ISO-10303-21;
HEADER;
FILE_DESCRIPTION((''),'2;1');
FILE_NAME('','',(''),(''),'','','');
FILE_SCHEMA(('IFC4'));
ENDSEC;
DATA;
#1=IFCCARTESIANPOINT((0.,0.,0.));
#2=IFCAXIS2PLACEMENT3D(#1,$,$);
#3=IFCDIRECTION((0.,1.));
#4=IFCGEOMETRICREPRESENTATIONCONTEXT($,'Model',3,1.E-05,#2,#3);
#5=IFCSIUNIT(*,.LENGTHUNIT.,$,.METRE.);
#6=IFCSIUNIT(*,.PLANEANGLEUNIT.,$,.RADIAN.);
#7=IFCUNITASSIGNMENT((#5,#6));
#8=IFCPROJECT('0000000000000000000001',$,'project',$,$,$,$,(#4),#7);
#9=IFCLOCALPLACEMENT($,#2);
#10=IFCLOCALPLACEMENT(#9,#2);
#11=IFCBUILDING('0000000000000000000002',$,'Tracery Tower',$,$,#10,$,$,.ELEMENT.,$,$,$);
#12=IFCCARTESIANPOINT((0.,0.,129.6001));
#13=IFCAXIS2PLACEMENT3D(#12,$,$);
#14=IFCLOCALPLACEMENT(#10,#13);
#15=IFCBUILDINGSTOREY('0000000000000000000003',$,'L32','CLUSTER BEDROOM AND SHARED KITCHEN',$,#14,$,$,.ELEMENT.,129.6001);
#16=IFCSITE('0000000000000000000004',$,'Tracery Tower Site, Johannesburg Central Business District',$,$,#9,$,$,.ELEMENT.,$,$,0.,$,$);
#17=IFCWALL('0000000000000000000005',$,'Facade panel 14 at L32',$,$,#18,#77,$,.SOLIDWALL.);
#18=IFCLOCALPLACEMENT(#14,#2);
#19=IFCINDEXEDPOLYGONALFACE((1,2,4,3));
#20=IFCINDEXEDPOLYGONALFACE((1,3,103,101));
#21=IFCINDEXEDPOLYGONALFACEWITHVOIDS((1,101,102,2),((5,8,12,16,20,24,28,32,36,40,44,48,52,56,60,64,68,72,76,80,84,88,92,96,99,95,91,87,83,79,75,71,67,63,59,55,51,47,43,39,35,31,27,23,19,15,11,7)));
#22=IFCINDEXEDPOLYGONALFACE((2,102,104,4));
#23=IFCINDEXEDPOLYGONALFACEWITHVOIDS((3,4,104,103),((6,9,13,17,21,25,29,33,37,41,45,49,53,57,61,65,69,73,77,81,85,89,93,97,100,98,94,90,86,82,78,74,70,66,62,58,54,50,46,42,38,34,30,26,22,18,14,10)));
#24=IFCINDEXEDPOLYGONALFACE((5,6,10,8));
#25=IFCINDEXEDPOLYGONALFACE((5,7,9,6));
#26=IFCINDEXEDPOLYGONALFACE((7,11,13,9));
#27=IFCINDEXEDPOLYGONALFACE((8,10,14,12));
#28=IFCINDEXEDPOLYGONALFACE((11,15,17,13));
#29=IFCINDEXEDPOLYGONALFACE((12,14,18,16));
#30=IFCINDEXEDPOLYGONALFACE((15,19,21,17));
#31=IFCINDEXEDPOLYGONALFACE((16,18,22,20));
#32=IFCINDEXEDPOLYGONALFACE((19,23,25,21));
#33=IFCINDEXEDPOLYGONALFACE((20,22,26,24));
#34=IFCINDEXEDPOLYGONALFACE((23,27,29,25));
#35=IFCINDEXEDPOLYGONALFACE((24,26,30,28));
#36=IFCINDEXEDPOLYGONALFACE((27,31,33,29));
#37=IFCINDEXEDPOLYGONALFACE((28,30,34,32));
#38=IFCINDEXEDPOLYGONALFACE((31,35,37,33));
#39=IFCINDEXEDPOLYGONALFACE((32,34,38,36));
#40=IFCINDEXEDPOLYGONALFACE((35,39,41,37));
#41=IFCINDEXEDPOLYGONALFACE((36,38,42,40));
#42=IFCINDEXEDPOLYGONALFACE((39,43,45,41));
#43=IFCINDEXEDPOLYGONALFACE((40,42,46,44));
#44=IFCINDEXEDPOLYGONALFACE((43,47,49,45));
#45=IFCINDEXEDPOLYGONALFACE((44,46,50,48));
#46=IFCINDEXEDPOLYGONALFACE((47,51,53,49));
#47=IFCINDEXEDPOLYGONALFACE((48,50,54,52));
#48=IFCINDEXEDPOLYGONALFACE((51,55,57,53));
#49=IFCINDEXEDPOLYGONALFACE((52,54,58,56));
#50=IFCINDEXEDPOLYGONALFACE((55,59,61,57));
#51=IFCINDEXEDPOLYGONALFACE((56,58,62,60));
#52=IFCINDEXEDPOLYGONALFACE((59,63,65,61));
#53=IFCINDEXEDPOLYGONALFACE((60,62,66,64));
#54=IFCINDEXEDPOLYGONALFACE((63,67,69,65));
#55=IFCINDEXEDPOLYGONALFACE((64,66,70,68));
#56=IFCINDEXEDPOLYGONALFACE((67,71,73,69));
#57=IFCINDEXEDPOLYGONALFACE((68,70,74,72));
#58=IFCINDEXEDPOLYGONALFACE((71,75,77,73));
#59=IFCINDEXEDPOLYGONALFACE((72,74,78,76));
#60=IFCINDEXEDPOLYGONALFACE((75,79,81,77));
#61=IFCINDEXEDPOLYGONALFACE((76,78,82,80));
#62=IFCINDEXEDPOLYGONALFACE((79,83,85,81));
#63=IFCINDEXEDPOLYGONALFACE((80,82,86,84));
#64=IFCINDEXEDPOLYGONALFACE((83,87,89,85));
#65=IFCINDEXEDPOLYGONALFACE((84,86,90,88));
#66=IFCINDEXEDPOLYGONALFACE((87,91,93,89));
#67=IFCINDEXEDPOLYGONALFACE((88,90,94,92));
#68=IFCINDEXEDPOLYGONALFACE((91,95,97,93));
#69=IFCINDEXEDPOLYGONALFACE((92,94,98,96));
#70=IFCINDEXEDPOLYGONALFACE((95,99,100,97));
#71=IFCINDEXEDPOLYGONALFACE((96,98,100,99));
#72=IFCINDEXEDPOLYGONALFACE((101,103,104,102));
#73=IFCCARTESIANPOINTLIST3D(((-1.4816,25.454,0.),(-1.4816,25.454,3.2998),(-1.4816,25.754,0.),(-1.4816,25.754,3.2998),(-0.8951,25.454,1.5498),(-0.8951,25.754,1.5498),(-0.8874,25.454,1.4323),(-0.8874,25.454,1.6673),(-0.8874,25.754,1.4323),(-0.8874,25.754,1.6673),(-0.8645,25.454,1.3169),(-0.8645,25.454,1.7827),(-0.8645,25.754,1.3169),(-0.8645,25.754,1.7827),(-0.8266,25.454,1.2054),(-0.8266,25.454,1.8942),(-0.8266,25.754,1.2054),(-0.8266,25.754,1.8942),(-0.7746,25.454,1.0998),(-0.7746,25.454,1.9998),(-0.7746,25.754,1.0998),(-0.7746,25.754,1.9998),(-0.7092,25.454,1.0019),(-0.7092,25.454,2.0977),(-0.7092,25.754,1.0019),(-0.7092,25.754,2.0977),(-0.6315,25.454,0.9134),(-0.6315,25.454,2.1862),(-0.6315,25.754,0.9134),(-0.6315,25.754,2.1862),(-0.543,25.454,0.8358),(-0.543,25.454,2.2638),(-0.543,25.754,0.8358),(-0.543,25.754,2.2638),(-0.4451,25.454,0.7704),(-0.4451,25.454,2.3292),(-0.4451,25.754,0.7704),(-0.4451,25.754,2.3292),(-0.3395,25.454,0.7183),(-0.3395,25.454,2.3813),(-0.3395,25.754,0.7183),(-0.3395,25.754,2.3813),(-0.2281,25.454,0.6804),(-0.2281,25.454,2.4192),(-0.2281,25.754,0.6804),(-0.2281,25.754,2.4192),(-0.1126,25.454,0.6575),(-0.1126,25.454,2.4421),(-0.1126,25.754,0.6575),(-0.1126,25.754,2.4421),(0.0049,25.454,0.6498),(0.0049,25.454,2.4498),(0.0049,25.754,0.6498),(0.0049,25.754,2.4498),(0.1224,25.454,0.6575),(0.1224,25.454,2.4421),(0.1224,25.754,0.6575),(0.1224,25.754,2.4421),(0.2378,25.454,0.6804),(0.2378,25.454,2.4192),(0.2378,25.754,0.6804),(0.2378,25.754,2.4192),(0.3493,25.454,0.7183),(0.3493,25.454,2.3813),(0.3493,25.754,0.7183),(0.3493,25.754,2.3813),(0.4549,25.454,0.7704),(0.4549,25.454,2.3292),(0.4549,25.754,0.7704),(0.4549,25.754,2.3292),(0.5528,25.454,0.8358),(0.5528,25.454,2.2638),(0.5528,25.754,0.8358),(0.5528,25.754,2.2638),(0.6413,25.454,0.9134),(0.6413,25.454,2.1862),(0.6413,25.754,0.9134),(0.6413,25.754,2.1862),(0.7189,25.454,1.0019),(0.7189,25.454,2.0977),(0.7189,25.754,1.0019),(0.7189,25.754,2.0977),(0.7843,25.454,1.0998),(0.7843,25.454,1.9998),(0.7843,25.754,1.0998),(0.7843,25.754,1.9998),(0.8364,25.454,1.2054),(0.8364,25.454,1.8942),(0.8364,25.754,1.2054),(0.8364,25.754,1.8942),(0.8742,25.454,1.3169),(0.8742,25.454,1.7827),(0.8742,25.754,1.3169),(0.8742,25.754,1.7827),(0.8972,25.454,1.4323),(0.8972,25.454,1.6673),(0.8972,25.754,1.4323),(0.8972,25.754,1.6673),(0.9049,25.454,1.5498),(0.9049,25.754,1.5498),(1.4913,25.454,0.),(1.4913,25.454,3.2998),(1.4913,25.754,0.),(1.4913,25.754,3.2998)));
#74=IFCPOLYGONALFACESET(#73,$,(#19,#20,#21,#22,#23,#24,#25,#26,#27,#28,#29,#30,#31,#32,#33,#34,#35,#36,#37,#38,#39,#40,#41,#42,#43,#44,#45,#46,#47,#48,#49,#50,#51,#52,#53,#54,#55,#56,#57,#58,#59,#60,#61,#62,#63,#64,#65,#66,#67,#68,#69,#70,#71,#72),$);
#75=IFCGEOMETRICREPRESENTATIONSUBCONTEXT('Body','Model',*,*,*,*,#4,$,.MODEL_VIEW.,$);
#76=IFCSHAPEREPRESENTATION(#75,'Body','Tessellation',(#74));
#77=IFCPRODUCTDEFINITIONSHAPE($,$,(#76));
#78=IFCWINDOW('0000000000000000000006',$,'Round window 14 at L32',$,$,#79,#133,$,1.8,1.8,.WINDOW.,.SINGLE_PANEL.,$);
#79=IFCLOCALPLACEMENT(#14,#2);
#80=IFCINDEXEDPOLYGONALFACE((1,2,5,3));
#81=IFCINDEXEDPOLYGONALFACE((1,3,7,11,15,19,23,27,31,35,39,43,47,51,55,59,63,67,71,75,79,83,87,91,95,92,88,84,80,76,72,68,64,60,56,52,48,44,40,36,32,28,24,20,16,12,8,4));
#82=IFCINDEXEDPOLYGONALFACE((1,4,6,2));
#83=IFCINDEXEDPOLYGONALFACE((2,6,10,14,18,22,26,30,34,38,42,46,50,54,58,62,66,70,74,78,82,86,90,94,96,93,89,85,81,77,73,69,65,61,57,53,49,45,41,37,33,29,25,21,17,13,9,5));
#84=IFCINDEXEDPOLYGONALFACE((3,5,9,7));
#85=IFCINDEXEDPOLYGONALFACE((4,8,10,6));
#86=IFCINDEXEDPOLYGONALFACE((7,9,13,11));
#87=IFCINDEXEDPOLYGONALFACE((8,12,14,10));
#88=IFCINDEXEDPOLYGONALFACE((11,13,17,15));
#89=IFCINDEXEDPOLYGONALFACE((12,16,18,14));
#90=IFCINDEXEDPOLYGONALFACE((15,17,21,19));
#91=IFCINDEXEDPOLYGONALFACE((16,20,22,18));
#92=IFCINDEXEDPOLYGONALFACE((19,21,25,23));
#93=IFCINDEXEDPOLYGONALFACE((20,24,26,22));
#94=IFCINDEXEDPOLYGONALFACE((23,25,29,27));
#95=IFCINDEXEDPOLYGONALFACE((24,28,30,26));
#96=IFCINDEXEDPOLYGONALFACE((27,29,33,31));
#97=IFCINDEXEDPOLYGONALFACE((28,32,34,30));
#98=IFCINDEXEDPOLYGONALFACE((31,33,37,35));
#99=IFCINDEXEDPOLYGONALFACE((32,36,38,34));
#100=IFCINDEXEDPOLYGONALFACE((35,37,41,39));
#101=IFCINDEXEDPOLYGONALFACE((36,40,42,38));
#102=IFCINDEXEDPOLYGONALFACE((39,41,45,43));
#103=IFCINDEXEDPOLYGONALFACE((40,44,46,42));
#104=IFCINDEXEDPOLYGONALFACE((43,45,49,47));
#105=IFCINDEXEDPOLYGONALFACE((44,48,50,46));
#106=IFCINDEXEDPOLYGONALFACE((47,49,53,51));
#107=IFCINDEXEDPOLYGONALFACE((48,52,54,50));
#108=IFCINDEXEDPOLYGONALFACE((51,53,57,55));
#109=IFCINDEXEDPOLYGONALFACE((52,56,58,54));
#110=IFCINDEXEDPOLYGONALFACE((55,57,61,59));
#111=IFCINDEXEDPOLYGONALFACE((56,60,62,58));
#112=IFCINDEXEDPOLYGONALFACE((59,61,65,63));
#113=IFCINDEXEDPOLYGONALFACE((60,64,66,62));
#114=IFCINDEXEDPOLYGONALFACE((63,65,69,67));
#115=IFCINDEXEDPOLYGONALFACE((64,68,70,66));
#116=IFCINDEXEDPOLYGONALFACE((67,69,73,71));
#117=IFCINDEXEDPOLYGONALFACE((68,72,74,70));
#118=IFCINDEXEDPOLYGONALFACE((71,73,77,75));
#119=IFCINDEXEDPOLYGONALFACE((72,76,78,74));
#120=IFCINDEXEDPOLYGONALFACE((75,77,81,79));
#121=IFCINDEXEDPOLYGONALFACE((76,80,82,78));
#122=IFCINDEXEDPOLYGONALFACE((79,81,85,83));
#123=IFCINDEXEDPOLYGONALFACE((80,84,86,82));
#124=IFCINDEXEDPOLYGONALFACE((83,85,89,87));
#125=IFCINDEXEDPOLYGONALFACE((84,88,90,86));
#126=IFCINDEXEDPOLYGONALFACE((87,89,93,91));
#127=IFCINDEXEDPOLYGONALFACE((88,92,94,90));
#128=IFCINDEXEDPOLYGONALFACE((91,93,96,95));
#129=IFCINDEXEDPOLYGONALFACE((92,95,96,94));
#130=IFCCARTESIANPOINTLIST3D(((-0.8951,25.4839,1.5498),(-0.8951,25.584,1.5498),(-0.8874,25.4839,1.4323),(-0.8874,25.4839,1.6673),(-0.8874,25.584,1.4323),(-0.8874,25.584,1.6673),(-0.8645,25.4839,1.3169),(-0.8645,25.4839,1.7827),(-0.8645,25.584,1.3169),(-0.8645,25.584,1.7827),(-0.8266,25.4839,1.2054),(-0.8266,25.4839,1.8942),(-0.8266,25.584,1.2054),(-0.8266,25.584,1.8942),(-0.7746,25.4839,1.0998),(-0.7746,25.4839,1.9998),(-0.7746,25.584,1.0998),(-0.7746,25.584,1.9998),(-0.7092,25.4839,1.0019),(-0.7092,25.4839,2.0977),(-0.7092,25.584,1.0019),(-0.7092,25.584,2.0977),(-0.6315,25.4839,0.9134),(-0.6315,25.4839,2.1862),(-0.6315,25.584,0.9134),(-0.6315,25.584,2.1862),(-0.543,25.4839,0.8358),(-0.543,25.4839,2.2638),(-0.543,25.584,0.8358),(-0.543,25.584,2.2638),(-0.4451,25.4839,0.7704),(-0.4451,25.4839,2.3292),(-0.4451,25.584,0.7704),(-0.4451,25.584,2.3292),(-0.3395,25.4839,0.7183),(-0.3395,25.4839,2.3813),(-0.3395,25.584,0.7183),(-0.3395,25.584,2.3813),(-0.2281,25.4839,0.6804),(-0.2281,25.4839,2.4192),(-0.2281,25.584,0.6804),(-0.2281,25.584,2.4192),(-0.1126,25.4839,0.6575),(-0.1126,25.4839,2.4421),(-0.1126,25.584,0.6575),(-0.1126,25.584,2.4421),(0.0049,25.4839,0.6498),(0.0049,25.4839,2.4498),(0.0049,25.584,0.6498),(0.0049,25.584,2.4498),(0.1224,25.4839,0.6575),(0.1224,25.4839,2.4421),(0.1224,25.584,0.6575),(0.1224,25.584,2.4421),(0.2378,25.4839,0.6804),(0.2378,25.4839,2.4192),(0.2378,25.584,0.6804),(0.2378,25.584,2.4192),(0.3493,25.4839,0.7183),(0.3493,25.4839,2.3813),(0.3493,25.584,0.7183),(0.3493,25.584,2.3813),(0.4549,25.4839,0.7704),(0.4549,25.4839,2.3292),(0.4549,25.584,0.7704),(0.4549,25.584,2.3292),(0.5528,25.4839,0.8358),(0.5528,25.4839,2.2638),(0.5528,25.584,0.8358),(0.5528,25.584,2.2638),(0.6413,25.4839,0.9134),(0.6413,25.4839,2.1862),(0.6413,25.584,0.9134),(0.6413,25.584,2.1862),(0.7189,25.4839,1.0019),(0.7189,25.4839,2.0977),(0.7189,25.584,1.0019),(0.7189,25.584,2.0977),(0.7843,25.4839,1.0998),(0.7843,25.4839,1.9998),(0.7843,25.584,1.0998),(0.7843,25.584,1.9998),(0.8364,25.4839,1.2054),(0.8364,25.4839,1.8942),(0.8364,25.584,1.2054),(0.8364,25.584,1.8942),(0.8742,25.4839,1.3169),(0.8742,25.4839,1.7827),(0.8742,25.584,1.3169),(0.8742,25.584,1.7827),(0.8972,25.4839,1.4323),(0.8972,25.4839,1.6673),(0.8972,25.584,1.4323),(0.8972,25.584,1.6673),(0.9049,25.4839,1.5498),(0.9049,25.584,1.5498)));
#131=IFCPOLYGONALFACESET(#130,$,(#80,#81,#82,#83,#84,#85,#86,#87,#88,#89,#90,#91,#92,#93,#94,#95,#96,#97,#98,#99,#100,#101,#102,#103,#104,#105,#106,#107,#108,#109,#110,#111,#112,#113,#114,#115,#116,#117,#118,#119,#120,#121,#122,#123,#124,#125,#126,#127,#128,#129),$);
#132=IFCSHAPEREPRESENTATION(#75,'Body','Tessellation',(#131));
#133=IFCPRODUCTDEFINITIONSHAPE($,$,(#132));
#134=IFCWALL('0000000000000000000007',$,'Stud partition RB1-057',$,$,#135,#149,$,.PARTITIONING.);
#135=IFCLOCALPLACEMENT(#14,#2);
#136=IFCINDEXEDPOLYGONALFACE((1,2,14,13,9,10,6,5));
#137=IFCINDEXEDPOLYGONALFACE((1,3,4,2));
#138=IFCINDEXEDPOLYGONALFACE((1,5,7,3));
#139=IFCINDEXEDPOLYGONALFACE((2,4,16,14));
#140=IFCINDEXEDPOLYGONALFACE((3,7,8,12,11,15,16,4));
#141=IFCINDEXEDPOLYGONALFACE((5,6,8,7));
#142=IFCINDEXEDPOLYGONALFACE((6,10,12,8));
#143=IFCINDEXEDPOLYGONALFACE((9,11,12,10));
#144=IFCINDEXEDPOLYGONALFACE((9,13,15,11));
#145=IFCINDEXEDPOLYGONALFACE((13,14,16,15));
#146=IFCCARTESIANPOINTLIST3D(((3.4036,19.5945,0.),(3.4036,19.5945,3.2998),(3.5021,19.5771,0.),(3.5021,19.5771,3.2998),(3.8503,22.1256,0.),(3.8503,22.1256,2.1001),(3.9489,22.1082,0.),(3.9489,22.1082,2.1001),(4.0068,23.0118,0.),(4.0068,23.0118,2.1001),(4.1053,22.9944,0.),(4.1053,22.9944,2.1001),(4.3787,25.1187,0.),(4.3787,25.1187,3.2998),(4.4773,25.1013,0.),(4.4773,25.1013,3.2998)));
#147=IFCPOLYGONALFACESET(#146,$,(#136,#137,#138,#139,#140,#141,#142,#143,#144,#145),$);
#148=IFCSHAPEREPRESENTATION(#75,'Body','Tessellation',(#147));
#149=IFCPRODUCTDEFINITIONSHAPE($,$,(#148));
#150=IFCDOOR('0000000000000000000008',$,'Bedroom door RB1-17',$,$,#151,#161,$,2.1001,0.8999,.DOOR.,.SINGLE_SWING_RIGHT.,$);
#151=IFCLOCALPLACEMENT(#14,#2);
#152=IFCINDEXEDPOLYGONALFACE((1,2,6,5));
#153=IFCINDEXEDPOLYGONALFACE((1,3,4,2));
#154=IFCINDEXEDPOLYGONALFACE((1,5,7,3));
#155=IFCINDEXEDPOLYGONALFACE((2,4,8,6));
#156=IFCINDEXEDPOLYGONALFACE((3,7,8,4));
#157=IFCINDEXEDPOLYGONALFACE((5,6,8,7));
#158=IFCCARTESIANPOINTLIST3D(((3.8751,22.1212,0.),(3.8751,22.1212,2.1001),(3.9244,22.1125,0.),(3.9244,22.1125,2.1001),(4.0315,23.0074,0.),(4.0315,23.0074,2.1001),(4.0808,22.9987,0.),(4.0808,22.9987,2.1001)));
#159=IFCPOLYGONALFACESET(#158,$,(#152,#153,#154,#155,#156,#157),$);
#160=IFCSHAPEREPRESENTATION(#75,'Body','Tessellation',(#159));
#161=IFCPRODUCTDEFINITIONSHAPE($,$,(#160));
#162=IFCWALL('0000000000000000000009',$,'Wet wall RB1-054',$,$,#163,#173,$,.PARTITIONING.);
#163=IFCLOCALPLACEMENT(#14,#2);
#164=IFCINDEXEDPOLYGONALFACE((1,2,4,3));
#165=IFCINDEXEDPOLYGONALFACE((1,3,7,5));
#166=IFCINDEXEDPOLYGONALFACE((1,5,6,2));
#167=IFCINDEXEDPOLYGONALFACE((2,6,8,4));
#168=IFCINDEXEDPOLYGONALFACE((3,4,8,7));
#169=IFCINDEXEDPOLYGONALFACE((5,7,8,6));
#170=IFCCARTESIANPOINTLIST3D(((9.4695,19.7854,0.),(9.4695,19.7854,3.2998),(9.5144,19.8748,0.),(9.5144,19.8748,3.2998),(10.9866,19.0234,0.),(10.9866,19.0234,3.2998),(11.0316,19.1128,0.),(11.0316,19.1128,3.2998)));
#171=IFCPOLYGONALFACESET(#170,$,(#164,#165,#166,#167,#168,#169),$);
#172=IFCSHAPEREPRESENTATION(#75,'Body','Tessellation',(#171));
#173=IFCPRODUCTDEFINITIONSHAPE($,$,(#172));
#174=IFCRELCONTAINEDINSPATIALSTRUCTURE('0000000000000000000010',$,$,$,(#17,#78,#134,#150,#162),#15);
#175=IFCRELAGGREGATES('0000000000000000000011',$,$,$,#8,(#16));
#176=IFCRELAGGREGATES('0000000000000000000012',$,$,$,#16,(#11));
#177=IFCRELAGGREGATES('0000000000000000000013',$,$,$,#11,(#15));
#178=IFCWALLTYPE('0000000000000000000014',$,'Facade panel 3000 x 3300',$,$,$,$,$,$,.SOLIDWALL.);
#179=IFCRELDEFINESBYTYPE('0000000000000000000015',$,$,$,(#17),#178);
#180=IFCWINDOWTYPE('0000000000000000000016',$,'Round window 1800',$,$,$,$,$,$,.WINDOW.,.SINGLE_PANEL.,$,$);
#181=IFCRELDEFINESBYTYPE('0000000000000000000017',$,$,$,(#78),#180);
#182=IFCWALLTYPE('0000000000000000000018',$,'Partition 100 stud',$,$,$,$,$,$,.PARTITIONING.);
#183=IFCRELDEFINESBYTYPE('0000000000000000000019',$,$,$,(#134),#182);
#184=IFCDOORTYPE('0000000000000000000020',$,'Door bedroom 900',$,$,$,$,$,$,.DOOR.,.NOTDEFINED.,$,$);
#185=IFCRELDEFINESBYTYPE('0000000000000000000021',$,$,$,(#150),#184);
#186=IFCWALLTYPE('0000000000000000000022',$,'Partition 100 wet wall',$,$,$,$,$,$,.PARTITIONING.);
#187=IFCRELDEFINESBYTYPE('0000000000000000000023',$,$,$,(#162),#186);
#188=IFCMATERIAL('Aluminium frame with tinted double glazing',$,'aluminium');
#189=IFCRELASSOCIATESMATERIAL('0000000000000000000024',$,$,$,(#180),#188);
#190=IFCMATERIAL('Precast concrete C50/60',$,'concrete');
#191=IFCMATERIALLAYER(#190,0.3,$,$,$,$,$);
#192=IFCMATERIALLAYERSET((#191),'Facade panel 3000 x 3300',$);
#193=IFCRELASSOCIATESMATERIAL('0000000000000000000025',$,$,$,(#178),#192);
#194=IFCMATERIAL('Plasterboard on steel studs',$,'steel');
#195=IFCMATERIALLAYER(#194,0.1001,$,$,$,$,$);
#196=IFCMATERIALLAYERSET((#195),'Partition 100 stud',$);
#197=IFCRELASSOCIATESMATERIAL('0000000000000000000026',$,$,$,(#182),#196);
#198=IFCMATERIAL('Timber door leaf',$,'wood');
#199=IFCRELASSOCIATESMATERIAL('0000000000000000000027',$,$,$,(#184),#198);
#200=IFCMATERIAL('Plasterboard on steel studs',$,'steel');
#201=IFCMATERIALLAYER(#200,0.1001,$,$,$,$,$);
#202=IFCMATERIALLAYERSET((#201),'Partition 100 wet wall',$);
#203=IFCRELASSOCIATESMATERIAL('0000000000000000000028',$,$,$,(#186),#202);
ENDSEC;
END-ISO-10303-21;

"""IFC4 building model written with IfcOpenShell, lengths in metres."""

from ifc_helpers import new_model, si_unit, direction, frame, frame_2d, origin, origin_2d, place, context, subcontext, project, spatial, rectangle, circle, extrude, material, layer, layer_set, type_object, element, fill, save


model = new_model("IFC4")

# Units and contexts
model_context = context("Model", 3, precision=1e-05, world=origin(), true_north=direction((0.0, 1.0)))
body_context = subcontext(model_context, "Body", "Model", "MODEL_VIEW")
ifc_project = project(units=[si_unit("LENGTHUNIT", "METRE"), si_unit("PLANEANGLEUNIT", "RADIAN")], contexts=[model_context])

# Site, building, storey
site_placement = place(None, origin())
site = spatial("IfcSite", under=ifc_project, at=site_placement, Name="Tracery Tower Site, Johannesburg Central Business District", CompositionType="ELEMENT", RefElevation=0.0)
building_placement = place(site_placement, origin())
building = spatial("IfcBuilding", under=site, at=building_placement, Name="Tracery Tower", CompositionType="ELEMENT")
storey_placement = place(building_placement, frame((0.0, 0.0, 129.6001)))
storey = spatial("IfcBuildingStorey", under=building, at=storey_placement, Name="L32", Description="CLUSTER BEDROOM AND SHARED KITCHEN", CompositionType="ELEMENT", Elevation=129.6001)

# Wall, opening, window
ifc_material_1 = material(Name="Aluminium frame with tinted double glazing", Category="aluminium")
window_type = type_object("IfcWindowType", Name="Round window 1800", PartitioningType="SINGLE_PANEL", PredefinedType="WINDOW", material=ifc_material_1)
ifc_material_2 = material(Name="Precast concrete C50/60", Category="concrete")
ifc_layer_1 = layer(ifc_material_2, 0.3)
ifc_layer_set_1 = layer_set([ifc_layer_1], Name="Facade panel 3000 x 3300")
wall_type_1 = type_object("IfcWallType", Name="Facade panel 3000 x 3300", PredefinedType="SOLIDWALL", material=ifc_layer_set_1)
wall_1_placement = place(storey_placement, frame((1.4912, 25.604, 0.0), z_axis=(0.0, 0.0, 1.0), x_axis=(-1.0, 0.0, 0.0)))
wall_1 = element("IfcWall", 1, at=wall_1_placement, inside=storey, type_object=wall_type_1, Name="Facade panel 14 at L32", PredefinedType="SOLIDWALL", context=body_context, shape_type="SweptSolid", body=[
    extrude(rectangle(XDim=2.9729, YDim=0.3, at=frame_2d((1.4863, 0.0))), origin(), (0.0, 0.0, 1.0), 3.2998),
])
opening_1_placement = place(wall_1_placement, frame((1.4863, 0.0, 1.5498)))
opening_1 = element("IfcOpeningElement", 2, at=opening_1_placement, cuts=wall_1, PredefinedType="OPENING", context=body_context, shape_type="SweptSolid", body=[
    extrude(circle(Radius=0.9, at=origin_2d()), frame((0.0, 0.1599, 0.0), z_axis=(0.0, -1.0, 0.0), x_axis=(1.0, 0.0, 0.0)), (0.0, 0.0, 1.0), 0.3201),
])
window_1_placement = place(opening_1_placement, origin())
window_1 = element("IfcWindow", 3, at=window_1_placement, inside=storey, type_object=window_type, Name="Round window 14 at L32", OverallHeight=1.8, OverallWidth=1.8, PartitioningType="SINGLE_PANEL", PredefinedType="WINDOW", context=body_context, shape_type="SweptSolid", body=[
    extrude(circle(Radius=0.9, at=origin_2d()), frame((0.0, 0.1201, 0.0), z_axis=(0.0, -1.0, 0.0), x_axis=(1.0, 0.0, 0.0)), (0.0, 0.0, 1.0), 0.1001),
])
fill(opening_1, window_1)

# Wall, opening, door
ifc_material_3 = material(Name="Plasterboard on steel studs", Category="steel")
ifc_layer_2 = layer(ifc_material_3, 0.1001)
ifc_layer_set_2 = layer_set([ifc_layer_2], Name="Partition 100 stud")
wall_type_2 = type_object("IfcWallType", Name="Partition 100 stud", PredefinedType="PARTITIONING", material=ifc_layer_set_2)
wall_2_placement = place(storey_placement, frame((3.4529, 19.5859, 0.0), z_axis=(0.0, 0.0, 1.0), x_axis=(0.173828, 0.984776, 0.0)))
wall_2 = element("IfcWall", 4, at=wall_2_placement, inside=storey, type_object=wall_type_2, Name="Stud partition RB1-057", PredefinedType="PARTITIONING", context=body_context, shape_type="SweptSolid", body=[
    extrude(rectangle(XDim=5.6096, YDim=0.1001, at=frame_2d((2.8047, 0.0))), origin(), (0.0, 0.0, 1.0), 3.2998),
])
opening_2_placement = place(wall_2_placement, frame((2.5701, 0.0, 0.0)))
opening_2 = element("IfcOpeningElement", 5, at=opening_2_placement, cuts=wall_2, PredefinedType="OPENING", context=body_context, shape_type="SweptSolid", body=[
    extrude(rectangle(XDim=0.8999, YDim=2.1001, at=frame_2d((0.45, 1.05))), frame((0.0, 0.05, 0.0), z_axis=(0.0, -1.0, 0.0), x_axis=(1.0, 0.0, 0.0)), (0.0, 0.0, 1.0), 0.1001),
])
ifc_material_4 = material(Name="Timber door leaf", Category="wood")
door_type_1 = type_object("IfcDoorType", Name="Door bedroom 900", OperationType="NOTDEFINED", PredefinedType="DOOR", material=ifc_material_4)
door_1_placement = place(opening_2_placement, origin())
door_1 = element("IfcDoor", 6, at=door_1_placement, inside=storey, type_object=door_type_1, Name="Bedroom door RB1-17", OperationType="SINGLE_SWING_RIGHT", OverallHeight=2.1001, OverallWidth=0.8999, PredefinedType="DOOR", context=body_context, shape_type="SweptSolid", body=[
    extrude(rectangle(XDim=0.8999, YDim=2.1001, at=frame_2d((0.45, 1.05))), frame((0.0, 0.0249, 0.0), z_axis=(0.0, -1.0, 0.0), x_axis=(1.0, 0.0, 0.0)), (0.0, 0.0, 1.0), 0.05),
])
fill(opening_2, door_1)

# Wall
ifc_material_5 = material(Name="Plasterboard on steel studs", Category="steel")
ifc_layer_3 = layer(ifc_material_5, 0.1001)
ifc_layer_set_3 = layer_set([ifc_layer_3], Name="Partition 100 wet wall")
wall_type_3 = type_object("IfcWallType", Name="Partition 100 wet wall", PredefinedType="PARTITIONING", material=ifc_layer_set_3)
wall_3_placement = place(storey_placement, frame((9.4919, 19.8301, 0.0), z_axis=(0.0, 0.0, 1.0), x_axis=(0.89362, -0.448824, 0.0)))
element("IfcWall", 7, at=wall_3_placement, inside=storey, type_object=wall_type_3, Name="Wet wall RB1-054", PredefinedType="PARTITIONING", context=body_context, shape_type="SweptSolid", body=[
    extrude(rectangle(XDim=1.6978, YDim=0.1001, at=frame_2d((0.8489, 0.0))), origin(), (0.0, 0.0, 1.0), 3.2998),
])

save(model, "model.ifc")
